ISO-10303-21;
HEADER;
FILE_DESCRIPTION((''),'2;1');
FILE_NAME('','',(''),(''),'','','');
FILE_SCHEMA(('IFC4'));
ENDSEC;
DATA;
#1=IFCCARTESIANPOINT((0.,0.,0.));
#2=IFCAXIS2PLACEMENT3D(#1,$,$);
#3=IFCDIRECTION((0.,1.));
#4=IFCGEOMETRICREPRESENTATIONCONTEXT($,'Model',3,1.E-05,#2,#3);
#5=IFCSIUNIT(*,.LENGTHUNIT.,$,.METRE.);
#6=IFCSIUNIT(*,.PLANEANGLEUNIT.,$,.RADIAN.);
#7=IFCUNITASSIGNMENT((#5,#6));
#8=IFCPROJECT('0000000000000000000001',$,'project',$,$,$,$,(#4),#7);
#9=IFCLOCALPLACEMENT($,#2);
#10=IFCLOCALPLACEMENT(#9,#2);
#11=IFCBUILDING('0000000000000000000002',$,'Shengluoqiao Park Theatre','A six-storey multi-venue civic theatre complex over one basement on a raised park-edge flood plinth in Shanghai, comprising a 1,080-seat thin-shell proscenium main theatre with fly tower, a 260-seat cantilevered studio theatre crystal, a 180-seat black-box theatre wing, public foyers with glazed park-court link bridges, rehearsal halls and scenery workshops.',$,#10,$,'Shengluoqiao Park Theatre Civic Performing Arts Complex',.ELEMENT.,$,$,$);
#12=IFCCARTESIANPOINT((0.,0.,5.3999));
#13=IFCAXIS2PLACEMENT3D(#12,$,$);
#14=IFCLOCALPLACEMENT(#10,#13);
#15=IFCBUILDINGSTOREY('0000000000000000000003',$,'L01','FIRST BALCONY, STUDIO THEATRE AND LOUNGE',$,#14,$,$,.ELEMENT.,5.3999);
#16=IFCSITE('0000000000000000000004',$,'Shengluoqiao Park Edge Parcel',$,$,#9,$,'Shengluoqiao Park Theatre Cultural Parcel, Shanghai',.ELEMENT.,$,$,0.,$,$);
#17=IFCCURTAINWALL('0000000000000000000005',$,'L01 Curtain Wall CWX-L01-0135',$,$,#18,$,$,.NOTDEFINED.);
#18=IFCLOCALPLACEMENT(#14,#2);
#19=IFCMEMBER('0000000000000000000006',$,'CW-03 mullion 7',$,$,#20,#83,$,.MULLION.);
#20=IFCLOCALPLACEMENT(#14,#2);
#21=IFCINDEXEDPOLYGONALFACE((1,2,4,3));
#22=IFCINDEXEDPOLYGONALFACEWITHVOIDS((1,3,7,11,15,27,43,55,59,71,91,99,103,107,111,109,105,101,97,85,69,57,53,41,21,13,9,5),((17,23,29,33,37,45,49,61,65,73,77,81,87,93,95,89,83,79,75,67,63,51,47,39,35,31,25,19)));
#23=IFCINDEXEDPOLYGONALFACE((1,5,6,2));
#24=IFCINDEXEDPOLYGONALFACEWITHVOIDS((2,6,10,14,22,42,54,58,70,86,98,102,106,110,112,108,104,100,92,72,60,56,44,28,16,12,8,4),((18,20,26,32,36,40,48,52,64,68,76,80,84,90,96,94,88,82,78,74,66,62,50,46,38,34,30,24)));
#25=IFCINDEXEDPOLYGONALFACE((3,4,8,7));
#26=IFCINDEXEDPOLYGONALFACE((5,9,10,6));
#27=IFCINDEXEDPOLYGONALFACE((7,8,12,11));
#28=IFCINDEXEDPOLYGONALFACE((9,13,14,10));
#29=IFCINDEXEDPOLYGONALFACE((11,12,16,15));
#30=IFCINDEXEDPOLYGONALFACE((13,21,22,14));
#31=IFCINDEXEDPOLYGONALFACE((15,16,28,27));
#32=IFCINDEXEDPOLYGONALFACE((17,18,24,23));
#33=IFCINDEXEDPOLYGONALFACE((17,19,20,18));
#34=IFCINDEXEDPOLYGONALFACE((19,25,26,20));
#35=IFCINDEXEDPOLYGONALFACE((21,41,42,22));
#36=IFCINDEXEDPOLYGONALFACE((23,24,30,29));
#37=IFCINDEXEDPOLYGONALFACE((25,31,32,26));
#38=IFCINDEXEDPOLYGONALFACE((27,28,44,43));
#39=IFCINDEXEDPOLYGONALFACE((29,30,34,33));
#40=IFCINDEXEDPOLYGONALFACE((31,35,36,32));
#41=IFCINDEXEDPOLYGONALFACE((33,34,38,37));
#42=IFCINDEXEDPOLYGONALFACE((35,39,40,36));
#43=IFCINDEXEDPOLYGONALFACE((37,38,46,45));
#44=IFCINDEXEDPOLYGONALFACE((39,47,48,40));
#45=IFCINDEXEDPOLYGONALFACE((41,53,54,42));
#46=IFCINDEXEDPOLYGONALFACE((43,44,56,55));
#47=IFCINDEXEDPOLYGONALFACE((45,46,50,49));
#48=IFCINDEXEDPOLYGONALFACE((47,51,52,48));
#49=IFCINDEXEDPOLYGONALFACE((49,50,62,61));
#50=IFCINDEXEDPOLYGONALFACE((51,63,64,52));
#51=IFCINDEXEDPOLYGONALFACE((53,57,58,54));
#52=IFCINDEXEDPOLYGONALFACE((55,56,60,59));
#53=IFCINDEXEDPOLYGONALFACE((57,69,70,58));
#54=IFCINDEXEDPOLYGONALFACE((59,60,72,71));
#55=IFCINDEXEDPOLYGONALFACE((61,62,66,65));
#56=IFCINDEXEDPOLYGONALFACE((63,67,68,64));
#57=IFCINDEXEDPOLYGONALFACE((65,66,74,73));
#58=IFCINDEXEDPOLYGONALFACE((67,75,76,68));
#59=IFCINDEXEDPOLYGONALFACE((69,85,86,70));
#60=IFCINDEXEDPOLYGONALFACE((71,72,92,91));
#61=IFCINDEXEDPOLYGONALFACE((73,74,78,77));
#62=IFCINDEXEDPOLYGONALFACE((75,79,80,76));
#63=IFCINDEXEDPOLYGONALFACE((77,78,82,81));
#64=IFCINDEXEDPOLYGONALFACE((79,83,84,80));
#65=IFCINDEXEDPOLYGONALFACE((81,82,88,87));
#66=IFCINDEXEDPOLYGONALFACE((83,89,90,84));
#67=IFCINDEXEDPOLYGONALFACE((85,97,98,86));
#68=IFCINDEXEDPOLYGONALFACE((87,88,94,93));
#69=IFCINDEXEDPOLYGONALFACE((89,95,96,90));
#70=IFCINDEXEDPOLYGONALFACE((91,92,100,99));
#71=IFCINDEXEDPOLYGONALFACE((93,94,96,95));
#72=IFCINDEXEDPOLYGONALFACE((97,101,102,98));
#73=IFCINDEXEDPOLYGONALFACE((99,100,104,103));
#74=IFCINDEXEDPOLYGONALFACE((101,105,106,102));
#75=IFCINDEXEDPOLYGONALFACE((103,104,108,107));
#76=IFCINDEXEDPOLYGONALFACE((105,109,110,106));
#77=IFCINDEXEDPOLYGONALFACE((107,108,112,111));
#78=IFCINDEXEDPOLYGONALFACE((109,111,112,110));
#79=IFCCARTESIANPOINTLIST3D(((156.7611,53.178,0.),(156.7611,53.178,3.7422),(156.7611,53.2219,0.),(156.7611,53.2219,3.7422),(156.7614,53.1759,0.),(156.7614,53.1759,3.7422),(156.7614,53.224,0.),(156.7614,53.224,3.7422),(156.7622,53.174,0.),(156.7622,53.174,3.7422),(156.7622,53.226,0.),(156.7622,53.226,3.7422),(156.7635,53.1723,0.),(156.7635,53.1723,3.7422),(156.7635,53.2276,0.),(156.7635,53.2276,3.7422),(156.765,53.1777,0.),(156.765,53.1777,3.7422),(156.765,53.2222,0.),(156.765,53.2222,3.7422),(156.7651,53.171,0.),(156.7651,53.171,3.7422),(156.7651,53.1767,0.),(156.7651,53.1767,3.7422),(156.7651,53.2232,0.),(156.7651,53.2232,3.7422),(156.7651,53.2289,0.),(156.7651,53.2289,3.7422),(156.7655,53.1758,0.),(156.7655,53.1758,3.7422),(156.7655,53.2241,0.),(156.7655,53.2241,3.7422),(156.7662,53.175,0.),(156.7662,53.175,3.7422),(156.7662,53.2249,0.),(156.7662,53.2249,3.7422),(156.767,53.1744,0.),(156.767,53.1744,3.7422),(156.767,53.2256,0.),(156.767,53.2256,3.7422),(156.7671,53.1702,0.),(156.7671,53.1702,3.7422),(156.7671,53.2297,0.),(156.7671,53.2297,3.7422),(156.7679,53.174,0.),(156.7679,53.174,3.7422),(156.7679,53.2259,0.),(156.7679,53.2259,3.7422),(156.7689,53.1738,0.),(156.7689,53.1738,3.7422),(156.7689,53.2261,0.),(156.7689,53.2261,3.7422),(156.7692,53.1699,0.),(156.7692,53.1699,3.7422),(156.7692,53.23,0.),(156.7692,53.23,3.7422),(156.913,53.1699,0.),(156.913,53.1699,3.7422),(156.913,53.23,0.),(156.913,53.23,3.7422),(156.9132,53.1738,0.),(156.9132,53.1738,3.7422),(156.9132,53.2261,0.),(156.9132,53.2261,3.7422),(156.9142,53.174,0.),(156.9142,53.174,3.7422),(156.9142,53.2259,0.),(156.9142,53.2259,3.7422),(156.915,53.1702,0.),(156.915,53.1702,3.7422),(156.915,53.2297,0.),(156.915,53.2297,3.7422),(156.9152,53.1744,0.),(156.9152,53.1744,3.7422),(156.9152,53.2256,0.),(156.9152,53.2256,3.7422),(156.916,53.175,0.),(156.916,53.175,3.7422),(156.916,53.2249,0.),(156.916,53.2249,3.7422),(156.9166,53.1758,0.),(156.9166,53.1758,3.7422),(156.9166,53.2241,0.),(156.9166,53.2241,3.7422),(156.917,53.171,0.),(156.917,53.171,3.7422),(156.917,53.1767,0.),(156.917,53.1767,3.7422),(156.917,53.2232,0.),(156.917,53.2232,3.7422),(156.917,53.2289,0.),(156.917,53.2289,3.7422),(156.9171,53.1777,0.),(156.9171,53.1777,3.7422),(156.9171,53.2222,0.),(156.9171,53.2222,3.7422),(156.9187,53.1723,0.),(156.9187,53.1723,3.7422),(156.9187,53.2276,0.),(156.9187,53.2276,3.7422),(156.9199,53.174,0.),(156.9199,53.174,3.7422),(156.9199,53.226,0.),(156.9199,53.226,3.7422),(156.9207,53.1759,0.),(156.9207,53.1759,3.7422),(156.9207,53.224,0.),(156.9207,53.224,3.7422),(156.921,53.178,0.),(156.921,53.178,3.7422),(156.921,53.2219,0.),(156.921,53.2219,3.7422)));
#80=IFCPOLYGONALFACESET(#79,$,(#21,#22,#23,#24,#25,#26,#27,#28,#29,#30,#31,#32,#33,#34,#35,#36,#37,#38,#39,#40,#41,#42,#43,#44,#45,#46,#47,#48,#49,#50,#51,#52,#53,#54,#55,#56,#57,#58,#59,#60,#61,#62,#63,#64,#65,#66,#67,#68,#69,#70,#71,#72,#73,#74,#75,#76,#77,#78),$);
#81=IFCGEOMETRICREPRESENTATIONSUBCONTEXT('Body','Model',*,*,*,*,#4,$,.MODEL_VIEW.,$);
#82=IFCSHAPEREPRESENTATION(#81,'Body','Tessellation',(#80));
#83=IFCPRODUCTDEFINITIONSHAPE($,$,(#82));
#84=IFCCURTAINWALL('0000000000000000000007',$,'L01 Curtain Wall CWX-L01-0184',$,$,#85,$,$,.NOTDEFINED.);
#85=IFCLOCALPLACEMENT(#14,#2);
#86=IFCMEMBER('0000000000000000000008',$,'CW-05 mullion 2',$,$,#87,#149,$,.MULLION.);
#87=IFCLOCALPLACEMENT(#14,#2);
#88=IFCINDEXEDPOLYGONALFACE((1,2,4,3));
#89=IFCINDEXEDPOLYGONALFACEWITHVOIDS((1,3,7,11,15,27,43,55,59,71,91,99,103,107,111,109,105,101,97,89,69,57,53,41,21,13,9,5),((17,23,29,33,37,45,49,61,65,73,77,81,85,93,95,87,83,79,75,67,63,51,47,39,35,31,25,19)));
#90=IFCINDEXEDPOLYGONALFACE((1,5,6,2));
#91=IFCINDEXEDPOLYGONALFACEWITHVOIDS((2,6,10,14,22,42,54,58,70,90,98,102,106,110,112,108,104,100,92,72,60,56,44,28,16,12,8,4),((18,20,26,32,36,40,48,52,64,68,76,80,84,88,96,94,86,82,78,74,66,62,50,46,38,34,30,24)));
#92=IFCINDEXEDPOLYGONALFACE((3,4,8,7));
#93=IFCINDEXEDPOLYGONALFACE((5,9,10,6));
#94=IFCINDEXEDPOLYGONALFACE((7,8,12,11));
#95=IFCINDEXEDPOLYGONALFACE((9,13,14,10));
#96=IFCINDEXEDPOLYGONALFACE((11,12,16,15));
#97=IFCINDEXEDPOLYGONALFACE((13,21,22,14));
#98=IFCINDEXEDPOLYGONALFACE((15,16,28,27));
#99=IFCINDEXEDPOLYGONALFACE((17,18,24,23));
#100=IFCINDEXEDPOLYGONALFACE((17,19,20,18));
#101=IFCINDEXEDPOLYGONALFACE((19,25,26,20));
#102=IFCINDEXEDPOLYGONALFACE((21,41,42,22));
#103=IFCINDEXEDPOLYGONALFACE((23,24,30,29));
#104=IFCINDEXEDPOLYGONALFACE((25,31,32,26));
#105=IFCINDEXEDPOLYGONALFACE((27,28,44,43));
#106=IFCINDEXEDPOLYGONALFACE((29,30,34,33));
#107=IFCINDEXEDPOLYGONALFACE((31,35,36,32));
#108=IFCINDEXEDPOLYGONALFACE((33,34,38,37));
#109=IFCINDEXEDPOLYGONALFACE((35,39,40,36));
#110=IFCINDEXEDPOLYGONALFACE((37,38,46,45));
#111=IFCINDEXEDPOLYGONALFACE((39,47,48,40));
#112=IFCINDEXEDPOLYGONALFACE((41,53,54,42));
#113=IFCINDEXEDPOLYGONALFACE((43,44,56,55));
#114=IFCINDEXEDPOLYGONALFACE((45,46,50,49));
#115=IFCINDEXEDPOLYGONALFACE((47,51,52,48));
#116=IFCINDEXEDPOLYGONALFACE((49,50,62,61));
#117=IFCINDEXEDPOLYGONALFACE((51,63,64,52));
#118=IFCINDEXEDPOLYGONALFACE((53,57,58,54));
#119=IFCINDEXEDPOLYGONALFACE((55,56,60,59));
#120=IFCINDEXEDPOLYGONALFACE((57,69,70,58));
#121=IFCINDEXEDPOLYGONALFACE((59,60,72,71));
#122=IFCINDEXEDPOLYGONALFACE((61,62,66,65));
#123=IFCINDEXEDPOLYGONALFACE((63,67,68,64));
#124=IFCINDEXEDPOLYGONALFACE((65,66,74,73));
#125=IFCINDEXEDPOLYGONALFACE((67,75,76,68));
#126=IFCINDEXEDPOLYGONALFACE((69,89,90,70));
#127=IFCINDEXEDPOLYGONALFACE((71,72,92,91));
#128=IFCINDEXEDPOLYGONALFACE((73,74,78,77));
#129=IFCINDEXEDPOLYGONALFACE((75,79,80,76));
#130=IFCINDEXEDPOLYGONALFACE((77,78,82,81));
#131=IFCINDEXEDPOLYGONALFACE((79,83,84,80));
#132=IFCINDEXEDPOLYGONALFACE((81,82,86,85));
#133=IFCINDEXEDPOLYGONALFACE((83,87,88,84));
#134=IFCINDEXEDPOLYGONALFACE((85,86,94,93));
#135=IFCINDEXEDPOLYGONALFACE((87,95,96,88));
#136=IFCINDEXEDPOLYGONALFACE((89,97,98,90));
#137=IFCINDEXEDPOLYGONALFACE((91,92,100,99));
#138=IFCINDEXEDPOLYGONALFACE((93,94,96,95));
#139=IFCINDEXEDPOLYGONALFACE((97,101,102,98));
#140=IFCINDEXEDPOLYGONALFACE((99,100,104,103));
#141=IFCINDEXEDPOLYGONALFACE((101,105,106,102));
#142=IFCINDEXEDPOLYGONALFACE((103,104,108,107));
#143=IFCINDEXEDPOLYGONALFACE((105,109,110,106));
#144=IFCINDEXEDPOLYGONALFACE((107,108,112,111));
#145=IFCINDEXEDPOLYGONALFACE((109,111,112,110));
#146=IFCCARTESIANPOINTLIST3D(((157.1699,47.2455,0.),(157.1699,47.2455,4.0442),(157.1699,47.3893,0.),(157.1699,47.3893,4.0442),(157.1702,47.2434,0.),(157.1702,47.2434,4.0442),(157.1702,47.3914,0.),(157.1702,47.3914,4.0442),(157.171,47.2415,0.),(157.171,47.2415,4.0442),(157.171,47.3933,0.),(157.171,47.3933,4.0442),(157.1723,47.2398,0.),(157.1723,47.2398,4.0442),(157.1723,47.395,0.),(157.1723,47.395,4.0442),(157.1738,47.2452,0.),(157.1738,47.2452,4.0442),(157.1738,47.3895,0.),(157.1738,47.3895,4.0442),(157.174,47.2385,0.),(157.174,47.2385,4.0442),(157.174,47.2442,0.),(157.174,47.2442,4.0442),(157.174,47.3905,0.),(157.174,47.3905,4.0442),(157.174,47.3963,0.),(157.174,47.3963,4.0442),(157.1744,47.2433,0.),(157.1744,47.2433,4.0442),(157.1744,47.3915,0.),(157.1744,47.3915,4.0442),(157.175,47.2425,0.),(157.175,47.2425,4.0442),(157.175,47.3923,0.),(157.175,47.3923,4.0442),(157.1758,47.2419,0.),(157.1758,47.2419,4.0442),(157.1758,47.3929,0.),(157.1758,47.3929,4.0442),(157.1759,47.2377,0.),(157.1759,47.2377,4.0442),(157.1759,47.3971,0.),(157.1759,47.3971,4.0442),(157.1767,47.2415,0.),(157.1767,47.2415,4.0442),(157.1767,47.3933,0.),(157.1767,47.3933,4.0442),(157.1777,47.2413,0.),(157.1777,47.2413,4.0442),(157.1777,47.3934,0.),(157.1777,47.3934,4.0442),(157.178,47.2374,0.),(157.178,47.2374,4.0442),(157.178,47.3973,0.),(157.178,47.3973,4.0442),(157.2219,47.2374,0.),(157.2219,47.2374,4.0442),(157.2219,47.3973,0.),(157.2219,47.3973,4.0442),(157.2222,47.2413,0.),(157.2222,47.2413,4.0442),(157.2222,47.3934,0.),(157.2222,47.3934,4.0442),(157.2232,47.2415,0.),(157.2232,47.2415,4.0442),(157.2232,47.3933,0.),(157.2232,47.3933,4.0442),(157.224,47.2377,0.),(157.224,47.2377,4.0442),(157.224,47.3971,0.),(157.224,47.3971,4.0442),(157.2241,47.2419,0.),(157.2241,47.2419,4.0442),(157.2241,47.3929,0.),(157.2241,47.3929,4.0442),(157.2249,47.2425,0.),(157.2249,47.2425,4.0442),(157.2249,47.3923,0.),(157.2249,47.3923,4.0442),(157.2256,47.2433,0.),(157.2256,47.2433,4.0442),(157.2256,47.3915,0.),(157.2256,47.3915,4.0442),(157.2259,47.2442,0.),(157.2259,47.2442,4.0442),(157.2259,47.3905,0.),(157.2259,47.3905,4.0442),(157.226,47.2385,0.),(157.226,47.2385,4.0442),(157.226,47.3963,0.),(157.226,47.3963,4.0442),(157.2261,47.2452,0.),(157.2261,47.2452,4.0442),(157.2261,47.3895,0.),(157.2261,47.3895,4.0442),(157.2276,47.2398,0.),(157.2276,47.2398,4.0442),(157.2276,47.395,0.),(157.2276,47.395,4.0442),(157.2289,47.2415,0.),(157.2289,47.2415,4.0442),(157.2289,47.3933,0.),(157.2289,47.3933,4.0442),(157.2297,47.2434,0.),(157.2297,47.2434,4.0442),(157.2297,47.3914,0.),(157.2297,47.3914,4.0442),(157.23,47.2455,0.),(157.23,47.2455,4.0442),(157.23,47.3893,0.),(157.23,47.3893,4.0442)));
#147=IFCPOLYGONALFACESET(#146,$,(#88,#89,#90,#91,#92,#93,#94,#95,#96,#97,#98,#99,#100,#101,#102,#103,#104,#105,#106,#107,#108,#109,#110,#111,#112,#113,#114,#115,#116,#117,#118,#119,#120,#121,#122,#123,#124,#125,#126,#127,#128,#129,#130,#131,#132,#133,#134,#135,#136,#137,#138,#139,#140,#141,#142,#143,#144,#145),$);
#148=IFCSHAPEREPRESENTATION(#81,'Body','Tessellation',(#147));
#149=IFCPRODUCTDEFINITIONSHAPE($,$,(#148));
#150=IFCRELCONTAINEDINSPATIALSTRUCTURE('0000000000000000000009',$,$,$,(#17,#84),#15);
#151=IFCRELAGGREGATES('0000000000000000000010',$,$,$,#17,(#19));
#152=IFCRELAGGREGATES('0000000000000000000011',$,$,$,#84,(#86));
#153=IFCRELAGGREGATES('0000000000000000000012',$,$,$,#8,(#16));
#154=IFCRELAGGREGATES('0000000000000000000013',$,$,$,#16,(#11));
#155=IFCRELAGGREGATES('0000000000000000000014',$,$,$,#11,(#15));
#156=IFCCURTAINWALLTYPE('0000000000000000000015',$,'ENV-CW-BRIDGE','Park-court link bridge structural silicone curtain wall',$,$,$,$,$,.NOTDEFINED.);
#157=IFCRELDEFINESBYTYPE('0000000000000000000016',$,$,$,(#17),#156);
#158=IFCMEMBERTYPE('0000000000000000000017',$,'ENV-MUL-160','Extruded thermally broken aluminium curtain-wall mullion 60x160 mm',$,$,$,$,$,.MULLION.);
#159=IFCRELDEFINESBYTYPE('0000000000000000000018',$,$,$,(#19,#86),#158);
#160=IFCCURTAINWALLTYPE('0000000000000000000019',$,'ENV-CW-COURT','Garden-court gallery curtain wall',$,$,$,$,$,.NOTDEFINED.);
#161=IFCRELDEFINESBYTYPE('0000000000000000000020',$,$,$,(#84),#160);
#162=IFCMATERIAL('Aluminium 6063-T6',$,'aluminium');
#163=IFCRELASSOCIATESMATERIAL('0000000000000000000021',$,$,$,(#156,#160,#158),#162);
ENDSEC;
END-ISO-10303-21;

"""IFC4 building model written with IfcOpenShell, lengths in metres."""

from ifc_helpers import new_model, si_unit, direction, frame, origin, origin_2d, place, context, subcontext, project, spatial, hollow_rectangle, extrude, material, material_profile, profile_set, type_object, element, aggregate, save


model = new_model("IFC4")

# Units and contexts
model_context = context("Model", 3, precision=1e-05, world=origin(), true_north=direction((0.0, 1.0)))
body_context = subcontext(model_context, "Body", "Model", "MODEL_VIEW")
ifc_project = project(units=[si_unit("LENGTHUNIT", "METRE"), si_unit("PLANEANGLEUNIT", "RADIAN")], contexts=[model_context])

# Site, building, storey
site_placement = place(None, origin())
site = spatial("IfcSite", under=ifc_project, at=site_placement, Name="Shengluoqiao Park Edge Parcel", LongName="Shengluoqiao Park Theatre Cultural Parcel, Shanghai", CompositionType="ELEMENT", RefElevation=0.0)
building_placement = place(site_placement, origin())
building = spatial("IfcBuilding", under=site, at=building_placement, Name="Shengluoqiao Park Theatre", Description="A six-storey multi-venue civic theatre complex over one basement on a raised park-edge flood plinth in Shanghai, comprising a 1,080-seat thin-shell proscenium main theatre with fly tower, a 260-seat cantilevered studio theatre crystal, a 180-seat black-box theatre wing, public foyers with glazed park-court link bridges, rehearsal halls and scenery workshops.", LongName="Shengluoqiao Park Theatre Civic Performing Arts Complex", CompositionType="ELEMENT")
storey_placement = place(building_placement, frame((0.0, 0.0, 5.3999)))
storey = spatial("IfcBuildingStorey", under=building, at=storey_placement, Name="L01", Description="FIRST BALCONY, STUDIO THEATRE AND LOUNGE", CompositionType="ELEMENT", Elevation=5.3999)

# Curtain wall, member
ifc_material_1 = material(Name="Aluminium 6063-T6", Category="aluminium")
curtain_wall_type_1 = type_object("IfcCurtainWallType", Name="ENV-CW-BRIDGE", Description="Park-court link bridge structural silicone curtain wall", PredefinedType="NOTDEFINED", material=ifc_material_1)
curtain_wall_1_placement = place(storey_placement, origin())
curtain_wall_1 = element("IfcCurtainWall", 1, at=curtain_wall_1_placement, inside=storey, type_object=curtain_wall_type_1, Name="L01 Curtain Wall CWX-L01-0135", PredefinedType="NOTDEFINED")
ifc_material_profile_1 = material_profile(ifc_material_1, hollow_rectangle(XDim=0.0601, YDim=0.1599, WallThickness=0.0039, InnerFilletRadius=0.0039, OuterFilletRadius=0.0081, at=origin_2d()), Name="ALU MULLION 160x60x4")
ifc_profile_set_1 = profile_set([ifc_material_profile_1], Name="Aluminium 6063-T6")
member_type_1 = type_object("IfcMemberType", Name="ENV-MUL-160", Description="Extruded thermally broken aluminium curtain-wall mullion 60x160 mm", PredefinedType="MULLION", material=ifc_profile_set_1)
member_1_placement = place(storey_placement, frame((156.8411, 53.2, 0.0), z_axis=(0.0, 0.0, 1.0), x_axis=(0.0, 1.0, 0.0)))
member_1 = element("IfcMember", 2, at=member_1_placement, type_object=member_type_1, Name="CW-03 mullion 7", PredefinedType="MULLION", context=body_context, shape_type="SweptSolid", body=[
    extrude(hollow_rectangle(XDim=0.0601, YDim=0.1599, WallThickness=0.0039, InnerFilletRadius=0.0039, OuterFilletRadius=0.0081, at=origin_2d()), origin(), (0.0, 0.0, 1.0), 3.7422),
])

# Curtain wall, member
curtain_wall_type_2 = type_object("IfcCurtainWallType", Name="ENV-CW-COURT", Description="Garden-court gallery curtain wall", PredefinedType="NOTDEFINED", material=ifc_material_1)
curtain_wall_2_placement = place(storey_placement, origin())
curtain_wall_2 = element("IfcCurtainWall", 3, at=curtain_wall_2_placement, inside=storey, type_object=curtain_wall_type_2, Name="L01 Curtain Wall CWX-L01-0184", PredefinedType="NOTDEFINED")
member_2_placement = place(storey_placement, frame((157.2, 47.3174, 0.0), z_axis=(0.0, 0.0, 1.0), x_axis=(-1.0, 0.0, 0.0)))
member_2 = element("IfcMember", 4, at=member_2_placement, type_object=member_type_1, Name="CW-05 mullion 2", PredefinedType="MULLION", context=body_context, shape_type="SweptSolid", body=[
    extrude(hollow_rectangle(XDim=0.0601, YDim=0.1599, WallThickness=0.0039, InnerFilletRadius=0.0039, OuterFilletRadius=0.0081, at=origin_2d()), origin(), (0.0, 0.0, 1.0), 4.0442),
])

aggregate(curtain_wall_1, [member_1])
aggregate(curtain_wall_2, [member_2])

save(model, "model.ifc")
